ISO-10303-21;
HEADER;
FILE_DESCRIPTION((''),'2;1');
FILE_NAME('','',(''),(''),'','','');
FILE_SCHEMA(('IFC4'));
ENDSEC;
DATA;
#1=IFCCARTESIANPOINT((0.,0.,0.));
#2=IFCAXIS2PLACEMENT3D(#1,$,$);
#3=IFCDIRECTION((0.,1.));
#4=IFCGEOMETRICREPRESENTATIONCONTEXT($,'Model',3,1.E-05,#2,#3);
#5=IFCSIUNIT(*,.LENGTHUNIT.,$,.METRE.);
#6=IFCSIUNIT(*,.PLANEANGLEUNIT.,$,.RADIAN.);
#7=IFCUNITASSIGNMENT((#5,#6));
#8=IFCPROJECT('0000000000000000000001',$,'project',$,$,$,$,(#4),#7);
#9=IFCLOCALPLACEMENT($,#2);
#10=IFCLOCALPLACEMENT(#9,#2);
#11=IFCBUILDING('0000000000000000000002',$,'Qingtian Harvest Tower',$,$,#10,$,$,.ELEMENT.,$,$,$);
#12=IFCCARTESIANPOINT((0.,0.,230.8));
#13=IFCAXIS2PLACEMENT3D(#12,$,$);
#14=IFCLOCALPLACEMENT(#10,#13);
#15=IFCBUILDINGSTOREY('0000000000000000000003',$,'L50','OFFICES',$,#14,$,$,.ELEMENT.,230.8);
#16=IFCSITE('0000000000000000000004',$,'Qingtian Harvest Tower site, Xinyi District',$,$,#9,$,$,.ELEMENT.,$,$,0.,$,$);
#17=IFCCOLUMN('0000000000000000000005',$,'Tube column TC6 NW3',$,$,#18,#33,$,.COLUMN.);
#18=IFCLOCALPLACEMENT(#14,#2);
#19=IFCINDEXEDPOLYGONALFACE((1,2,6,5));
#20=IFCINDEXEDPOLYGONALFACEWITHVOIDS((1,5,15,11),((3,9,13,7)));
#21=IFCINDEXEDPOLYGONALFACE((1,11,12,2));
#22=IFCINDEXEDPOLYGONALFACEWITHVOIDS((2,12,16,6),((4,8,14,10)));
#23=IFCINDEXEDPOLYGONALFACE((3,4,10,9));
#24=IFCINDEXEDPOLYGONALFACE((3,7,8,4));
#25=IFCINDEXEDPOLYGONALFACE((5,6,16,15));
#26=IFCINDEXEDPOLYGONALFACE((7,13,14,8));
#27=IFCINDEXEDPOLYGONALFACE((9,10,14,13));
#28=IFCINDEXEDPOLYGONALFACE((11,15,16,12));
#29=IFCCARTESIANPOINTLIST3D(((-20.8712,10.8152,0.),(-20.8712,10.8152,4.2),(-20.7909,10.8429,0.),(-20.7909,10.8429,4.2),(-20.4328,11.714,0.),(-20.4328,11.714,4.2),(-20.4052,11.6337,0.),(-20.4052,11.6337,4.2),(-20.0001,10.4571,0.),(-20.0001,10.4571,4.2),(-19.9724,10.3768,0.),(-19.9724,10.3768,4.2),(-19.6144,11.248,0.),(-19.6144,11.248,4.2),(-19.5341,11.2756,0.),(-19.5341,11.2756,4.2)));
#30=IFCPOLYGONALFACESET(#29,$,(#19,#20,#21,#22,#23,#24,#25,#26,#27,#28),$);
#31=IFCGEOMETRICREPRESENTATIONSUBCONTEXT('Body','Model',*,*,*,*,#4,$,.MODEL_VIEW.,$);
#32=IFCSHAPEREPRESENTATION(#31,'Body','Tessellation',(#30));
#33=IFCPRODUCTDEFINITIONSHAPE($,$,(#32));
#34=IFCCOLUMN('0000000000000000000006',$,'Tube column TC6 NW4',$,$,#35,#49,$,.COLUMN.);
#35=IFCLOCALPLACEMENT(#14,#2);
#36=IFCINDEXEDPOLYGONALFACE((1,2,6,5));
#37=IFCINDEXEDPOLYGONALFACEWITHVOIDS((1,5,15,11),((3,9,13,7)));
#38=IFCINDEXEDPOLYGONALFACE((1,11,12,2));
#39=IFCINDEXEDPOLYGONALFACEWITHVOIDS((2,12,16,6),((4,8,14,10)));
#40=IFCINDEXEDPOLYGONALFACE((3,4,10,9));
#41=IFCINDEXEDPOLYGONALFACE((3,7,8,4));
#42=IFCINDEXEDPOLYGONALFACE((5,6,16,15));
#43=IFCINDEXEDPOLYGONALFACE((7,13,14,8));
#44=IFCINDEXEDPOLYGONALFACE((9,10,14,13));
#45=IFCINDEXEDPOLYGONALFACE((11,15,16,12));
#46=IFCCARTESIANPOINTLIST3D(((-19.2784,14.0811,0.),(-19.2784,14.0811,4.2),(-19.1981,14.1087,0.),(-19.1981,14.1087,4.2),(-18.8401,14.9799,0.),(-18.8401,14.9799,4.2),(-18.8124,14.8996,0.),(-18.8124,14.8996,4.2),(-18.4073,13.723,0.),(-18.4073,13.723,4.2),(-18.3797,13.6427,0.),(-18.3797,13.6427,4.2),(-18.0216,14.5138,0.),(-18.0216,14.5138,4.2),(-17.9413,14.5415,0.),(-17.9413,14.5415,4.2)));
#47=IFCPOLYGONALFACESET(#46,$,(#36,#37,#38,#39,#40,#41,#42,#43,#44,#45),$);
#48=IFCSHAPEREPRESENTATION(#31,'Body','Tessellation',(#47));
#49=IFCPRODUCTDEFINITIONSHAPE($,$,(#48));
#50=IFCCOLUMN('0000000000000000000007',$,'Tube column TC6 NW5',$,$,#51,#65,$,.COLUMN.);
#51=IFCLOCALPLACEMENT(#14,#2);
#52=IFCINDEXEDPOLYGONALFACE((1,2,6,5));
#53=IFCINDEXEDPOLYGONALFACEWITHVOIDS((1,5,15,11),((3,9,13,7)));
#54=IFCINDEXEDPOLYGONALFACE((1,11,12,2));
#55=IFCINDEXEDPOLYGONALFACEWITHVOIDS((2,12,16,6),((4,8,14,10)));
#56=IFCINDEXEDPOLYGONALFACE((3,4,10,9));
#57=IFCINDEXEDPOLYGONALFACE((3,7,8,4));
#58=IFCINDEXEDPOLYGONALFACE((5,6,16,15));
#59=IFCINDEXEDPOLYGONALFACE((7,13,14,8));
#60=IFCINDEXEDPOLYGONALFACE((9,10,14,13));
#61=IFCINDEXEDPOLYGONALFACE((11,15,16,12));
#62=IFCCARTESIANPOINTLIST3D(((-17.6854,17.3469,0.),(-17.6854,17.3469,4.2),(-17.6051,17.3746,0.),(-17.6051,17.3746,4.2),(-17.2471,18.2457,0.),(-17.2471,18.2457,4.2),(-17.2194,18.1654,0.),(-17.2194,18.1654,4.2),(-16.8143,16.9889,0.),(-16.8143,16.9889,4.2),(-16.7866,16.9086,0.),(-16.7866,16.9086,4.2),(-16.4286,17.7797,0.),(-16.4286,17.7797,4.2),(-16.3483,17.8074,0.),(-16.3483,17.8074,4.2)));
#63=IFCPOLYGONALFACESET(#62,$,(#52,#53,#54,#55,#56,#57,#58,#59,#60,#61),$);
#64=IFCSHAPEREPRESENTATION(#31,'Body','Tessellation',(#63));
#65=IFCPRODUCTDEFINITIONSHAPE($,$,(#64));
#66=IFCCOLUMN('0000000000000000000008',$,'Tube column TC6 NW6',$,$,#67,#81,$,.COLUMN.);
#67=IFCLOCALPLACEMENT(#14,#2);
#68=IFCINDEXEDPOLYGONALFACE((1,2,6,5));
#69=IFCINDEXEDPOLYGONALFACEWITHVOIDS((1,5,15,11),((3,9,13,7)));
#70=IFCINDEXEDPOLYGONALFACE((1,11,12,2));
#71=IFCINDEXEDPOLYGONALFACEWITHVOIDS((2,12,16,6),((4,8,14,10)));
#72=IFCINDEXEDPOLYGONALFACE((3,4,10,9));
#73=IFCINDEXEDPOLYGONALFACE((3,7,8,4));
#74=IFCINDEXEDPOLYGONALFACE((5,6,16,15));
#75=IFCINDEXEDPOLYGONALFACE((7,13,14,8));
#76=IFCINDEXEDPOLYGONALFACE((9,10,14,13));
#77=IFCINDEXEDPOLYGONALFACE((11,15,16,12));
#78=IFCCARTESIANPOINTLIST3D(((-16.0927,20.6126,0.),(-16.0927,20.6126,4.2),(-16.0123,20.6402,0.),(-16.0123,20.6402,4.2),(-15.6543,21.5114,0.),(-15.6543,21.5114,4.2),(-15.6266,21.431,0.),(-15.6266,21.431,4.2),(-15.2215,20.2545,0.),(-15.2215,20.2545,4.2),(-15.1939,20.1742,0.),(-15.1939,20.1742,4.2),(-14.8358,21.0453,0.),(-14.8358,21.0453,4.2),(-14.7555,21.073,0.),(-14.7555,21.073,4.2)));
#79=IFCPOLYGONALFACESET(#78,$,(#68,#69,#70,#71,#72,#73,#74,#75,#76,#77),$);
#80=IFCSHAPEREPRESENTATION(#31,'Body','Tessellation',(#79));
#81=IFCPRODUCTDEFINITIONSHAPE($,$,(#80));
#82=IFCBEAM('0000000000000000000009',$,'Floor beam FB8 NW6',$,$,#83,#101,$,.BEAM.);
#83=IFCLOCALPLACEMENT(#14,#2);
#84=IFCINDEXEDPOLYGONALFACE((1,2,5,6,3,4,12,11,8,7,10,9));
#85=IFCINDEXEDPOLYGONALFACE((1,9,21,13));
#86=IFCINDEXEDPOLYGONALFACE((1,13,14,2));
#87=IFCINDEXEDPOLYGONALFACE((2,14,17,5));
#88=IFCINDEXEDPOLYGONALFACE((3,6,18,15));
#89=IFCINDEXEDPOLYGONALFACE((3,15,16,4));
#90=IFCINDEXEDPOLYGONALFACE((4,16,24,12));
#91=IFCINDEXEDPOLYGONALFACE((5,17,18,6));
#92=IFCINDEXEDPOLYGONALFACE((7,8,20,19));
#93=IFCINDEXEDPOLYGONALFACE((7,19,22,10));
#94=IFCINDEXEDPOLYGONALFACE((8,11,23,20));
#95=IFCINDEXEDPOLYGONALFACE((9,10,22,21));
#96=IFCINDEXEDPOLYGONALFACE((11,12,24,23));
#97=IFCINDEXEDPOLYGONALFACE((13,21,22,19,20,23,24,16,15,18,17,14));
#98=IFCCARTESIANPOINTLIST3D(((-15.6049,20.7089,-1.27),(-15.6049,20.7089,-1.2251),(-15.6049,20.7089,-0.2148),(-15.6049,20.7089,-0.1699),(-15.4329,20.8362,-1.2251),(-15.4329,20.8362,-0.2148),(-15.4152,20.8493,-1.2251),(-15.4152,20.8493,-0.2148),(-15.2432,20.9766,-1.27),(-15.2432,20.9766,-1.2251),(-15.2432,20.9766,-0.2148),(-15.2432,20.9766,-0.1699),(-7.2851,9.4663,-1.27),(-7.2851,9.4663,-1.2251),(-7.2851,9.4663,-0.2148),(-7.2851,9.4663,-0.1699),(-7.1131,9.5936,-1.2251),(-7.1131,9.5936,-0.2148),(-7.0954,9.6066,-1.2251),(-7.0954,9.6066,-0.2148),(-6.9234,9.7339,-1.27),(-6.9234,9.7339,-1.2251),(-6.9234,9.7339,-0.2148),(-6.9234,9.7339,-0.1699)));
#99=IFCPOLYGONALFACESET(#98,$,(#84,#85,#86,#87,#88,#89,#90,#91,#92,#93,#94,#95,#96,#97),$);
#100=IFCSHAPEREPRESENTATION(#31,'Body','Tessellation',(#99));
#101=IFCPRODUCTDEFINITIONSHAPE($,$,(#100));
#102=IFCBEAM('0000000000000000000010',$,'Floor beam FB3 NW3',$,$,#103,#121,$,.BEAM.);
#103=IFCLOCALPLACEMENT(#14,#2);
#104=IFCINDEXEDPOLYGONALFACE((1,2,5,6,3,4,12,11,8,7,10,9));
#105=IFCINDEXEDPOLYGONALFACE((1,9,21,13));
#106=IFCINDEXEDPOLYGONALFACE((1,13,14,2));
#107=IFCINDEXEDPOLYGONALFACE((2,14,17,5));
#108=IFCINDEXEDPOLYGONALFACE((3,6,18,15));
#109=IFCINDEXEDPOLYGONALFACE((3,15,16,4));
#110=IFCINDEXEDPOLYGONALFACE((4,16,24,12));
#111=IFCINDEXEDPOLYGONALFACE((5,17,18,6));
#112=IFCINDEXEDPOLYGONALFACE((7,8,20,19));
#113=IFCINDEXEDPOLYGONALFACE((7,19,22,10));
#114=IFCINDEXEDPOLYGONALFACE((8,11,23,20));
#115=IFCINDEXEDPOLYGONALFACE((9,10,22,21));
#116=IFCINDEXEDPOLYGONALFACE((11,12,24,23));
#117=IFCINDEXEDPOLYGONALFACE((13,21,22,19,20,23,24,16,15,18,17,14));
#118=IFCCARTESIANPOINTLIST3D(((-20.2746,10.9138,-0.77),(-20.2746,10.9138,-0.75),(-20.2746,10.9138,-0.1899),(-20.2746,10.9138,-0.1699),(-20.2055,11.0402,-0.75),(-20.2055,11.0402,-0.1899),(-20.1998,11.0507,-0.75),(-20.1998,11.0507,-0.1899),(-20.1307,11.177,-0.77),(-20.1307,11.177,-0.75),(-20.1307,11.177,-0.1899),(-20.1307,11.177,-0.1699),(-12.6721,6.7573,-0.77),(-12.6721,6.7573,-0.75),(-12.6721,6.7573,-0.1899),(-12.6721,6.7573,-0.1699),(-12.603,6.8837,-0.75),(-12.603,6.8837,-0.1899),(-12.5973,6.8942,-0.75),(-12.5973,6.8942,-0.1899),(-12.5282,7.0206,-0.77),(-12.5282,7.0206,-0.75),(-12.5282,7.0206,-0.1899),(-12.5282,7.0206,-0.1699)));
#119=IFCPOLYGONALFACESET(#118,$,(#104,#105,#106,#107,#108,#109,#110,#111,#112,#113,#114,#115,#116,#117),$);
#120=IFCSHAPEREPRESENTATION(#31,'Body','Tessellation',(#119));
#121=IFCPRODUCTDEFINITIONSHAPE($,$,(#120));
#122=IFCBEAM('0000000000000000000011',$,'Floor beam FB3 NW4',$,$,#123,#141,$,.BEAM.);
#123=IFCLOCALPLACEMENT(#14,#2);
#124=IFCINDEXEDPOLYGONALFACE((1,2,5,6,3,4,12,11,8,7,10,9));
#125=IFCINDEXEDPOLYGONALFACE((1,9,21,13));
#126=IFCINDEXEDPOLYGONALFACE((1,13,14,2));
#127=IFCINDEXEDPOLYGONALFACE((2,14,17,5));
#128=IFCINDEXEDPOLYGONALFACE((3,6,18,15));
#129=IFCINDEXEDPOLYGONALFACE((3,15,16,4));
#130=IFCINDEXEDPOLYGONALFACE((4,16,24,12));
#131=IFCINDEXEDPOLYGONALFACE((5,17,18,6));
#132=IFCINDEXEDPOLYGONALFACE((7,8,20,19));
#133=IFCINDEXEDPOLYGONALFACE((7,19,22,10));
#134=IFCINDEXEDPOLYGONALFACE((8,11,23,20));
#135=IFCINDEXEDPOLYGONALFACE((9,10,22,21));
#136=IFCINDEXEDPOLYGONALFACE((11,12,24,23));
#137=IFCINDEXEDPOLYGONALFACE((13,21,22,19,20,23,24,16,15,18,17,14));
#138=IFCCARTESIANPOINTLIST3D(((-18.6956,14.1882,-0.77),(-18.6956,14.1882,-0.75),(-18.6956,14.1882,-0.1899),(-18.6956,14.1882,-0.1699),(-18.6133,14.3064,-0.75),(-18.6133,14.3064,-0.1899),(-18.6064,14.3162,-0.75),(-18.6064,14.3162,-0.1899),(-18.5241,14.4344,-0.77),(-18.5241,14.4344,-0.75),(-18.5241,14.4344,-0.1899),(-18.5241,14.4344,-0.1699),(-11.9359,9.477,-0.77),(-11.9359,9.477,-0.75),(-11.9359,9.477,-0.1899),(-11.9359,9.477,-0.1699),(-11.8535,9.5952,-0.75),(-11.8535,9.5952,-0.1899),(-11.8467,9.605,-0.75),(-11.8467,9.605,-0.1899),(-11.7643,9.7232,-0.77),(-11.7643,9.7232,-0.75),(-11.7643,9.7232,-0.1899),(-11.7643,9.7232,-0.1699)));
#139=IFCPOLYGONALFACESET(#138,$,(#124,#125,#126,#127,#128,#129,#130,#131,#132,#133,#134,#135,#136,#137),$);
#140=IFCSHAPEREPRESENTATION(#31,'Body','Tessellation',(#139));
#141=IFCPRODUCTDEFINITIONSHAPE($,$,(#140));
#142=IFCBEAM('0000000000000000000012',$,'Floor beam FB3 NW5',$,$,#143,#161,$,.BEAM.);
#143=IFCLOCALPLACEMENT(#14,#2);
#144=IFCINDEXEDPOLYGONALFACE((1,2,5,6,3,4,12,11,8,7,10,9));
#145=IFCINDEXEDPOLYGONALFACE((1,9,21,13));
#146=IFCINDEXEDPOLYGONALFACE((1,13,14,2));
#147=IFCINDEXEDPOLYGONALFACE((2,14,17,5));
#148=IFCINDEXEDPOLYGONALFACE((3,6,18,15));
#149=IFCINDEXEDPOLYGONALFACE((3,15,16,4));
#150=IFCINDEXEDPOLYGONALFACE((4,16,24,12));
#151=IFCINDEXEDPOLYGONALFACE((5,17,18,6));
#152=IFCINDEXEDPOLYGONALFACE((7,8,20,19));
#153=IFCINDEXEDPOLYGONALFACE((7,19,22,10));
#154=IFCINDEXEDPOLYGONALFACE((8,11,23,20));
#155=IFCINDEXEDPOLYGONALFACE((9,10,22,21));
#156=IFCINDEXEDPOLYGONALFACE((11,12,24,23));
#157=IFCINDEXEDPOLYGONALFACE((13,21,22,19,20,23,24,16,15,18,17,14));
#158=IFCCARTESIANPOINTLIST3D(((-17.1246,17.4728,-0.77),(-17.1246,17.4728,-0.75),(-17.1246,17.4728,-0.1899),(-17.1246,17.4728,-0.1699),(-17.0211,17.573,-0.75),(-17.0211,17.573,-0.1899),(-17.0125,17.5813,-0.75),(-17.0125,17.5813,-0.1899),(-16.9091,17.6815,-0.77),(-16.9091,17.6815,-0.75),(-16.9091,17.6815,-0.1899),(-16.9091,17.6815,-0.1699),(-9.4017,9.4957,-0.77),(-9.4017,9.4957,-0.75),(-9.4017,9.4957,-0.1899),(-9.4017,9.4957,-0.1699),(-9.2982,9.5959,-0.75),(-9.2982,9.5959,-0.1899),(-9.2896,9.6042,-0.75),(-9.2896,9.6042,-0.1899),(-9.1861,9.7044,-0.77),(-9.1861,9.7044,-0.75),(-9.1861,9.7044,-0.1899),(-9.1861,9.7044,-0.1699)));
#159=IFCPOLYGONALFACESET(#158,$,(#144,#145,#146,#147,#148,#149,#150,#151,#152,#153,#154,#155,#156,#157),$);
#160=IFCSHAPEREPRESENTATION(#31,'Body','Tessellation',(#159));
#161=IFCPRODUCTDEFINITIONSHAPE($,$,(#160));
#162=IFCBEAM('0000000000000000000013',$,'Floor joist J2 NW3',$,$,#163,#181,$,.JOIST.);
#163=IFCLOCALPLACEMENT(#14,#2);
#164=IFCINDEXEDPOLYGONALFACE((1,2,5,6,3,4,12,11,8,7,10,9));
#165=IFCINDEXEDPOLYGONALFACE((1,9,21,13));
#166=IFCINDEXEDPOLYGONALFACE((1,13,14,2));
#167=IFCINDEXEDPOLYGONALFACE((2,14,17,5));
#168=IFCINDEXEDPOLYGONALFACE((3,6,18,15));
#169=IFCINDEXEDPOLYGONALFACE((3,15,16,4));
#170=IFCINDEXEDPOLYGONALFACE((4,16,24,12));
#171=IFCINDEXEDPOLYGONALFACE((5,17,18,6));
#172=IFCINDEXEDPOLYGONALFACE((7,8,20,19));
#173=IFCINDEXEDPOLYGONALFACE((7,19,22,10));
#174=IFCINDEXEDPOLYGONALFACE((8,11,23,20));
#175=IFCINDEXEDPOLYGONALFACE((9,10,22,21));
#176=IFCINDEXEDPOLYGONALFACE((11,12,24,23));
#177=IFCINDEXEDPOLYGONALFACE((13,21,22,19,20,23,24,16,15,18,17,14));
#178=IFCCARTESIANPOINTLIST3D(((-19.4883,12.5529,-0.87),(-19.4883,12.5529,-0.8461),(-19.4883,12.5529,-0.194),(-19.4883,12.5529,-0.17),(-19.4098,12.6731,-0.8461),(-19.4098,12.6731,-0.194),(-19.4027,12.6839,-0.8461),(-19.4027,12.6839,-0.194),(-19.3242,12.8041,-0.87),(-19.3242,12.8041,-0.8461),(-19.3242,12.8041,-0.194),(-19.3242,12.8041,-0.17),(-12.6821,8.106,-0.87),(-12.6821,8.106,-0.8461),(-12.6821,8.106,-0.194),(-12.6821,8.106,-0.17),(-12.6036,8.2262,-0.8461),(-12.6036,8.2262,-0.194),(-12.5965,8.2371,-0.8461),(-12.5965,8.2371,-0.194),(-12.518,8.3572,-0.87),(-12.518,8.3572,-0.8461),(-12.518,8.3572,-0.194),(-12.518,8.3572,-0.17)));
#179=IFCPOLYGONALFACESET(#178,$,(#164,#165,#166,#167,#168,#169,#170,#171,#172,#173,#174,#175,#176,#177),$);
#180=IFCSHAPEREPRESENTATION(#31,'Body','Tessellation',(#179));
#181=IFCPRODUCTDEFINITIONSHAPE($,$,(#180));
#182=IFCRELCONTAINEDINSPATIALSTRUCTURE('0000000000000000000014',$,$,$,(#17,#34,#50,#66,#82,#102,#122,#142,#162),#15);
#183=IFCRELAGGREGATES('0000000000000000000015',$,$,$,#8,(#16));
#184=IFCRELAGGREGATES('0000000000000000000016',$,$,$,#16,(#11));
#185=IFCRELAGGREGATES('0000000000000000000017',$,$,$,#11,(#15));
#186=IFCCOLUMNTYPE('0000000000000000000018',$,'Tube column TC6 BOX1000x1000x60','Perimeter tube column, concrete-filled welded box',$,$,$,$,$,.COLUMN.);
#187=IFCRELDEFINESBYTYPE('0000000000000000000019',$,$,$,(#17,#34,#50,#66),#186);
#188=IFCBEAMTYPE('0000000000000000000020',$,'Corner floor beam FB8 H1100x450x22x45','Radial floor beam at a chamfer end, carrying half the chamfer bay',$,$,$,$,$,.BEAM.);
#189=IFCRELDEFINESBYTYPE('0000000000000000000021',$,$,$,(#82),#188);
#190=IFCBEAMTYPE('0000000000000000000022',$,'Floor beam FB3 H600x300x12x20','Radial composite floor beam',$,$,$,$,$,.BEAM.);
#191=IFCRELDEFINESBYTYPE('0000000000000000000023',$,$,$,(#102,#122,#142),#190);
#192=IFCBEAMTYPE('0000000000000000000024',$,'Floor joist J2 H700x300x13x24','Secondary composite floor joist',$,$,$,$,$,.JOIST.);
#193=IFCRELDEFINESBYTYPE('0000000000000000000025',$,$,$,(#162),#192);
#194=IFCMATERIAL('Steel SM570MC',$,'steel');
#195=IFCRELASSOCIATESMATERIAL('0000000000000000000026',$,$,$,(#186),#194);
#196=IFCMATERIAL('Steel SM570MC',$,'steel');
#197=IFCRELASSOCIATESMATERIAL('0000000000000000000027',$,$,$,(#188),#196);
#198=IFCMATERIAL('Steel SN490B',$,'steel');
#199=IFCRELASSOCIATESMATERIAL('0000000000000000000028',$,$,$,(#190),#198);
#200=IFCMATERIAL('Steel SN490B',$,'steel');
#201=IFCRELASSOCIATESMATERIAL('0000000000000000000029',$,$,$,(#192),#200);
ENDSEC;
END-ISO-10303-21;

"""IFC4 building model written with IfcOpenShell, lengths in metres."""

from ifc_helpers import new_model, si_unit, direction, frame, origin, origin_2d, place, context, subcontext, project, spatial, hollow_rectangle, i_section, extrude, material, material_profile, profile_set, type_object, element, save


model = new_model("IFC4")

# Units and contexts
model_context = context("Model", 3, precision=1e-05, world=origin(), true_north=direction((0.0, 1.0)))
body_context = subcontext(model_context, "Body", "Model", "MODEL_VIEW")
ifc_project = project(units=[si_unit("LENGTHUNIT", "METRE"), si_unit("PLANEANGLEUNIT", "RADIAN")], contexts=[model_context])

# Site, building, storey
site_placement = place(None, origin())
site = spatial("IfcSite", under=ifc_project, at=site_placement, Name="Qingtian Harvest Tower site, Xinyi District", CompositionType="ELEMENT", RefElevation=0.0)
building_placement = place(site_placement, origin())
building = spatial("IfcBuilding", under=site, at=building_placement, Name="Qingtian Harvest Tower", CompositionType="ELEMENT")
storey_placement = place(building_placement, frame((0.0, 0.0, 230.8)))
storey = spatial("IfcBuildingStorey", under=building, at=storey_placement, Name="L50", Description="OFFICES", CompositionType="ELEMENT", Elevation=230.8)

# Columns
ifc_material_1 = material(Name="Steel SM570MC", Category="steel")
ifc_material_profile_1 = material_profile(ifc_material_1, hollow_rectangle(XDim=1.0, YDim=1.0, WallThickness=0.0601, at=origin_2d()), Name="BOX1000x1000x60")
ifc_profile_set_1 = profile_set([ifc_material_profile_1], Name="Steel SM570MC")
column_type = type_object("IfcColumnType", Name="Tube column TC6 BOX1000x1000x60", Description="Perimeter tube column, concrete-filled welded box", PredefinedType="COLUMN", material=ifc_profile_set_1)
for number, where, z_axis, x_axis, name in (
    (1, (-20.2026, 11.0454, 0.0), (0.0, 0.0, 1.0), (-0.438371, -0.898794, 0.0), "Tube column TC6 NW3"),
    (2, (-18.6099, 14.3113, 0.0), (0.0, 0.0, 1.0), (-0.438371, -0.898794, 0.0), "Tube column TC6 NW4"),
    (3, (-17.0168, 17.5771, 0.0), (0.0, 0.0, 1.0), (-0.438371, -0.898794, 0.0), "Tube column TC6 NW5"),
    (4, (-15.4241, 20.8428, 0.0), (0.0, 0.0, 1.0), (-0.438371, -0.898794, 0.0), "Tube column TC6 NW6"),
):
    element("IfcColumn", number, at=place(storey_placement, frame(where, z_axis=z_axis, x_axis=x_axis)), inside=storey, type_object=column_type, Name=name, PredefinedType="COLUMN", context=body_context, shape_type="SweptSolid", body=[
        extrude(hollow_rectangle(XDim=1.0, YDim=1.0, WallThickness=0.0601, at=origin_2d()), origin(), (0.0, 0.0, 1.0), 4.2),
    ])

# Beams
ifc_material_2 = material(Name="Steel SM570MC", Category="steel")
ifc_material_profile_2 = material_profile(ifc_material_2, i_section(OverallWidth=0.45, OverallDepth=1.1001, WebThickness=0.022, FlangeThickness=0.0449, at=origin_2d()), Name="H1100x450x22x45")
ifc_profile_set_2 = profile_set([ifc_material_profile_2], Name="Steel SM570MC")
beam_type_1 = type_object("IfcBeamType", Name="Corner floor beam FB8 H1100x450x22x45", Description="Radial floor beam at a chamfer end, carrying half the chamfer bay", PredefinedType="BEAM", material=ifc_profile_set_2)
beam_1_placement = place(storey_placement, frame((-15.4241, 20.8428, -0.72), z_axis=(0.594854, -0.803834, 0.0), x_axis=(0.803834, 0.594854, 0.0)))
element("IfcBeam", 5, at=beam_1_placement, inside=storey, type_object=beam_type_1, Name="Floor beam FB8 NW6", PredefinedType="BEAM", context=body_context, shape_type="SweptSolid", body=[
    extrude(i_section(OverallWidth=0.45, OverallDepth=1.1001, WebThickness=0.022, FlangeThickness=0.0449, at=origin_2d()), origin(), (0.0, 0.0, 1.0), 13.9863),
])
ifc_material_3 = material(Name="Steel SN490B", Category="steel")
ifc_material_profile_3 = material_profile(ifc_material_3, i_section(OverallWidth=0.3, OverallDepth=0.6001, WebThickness=0.012, FlangeThickness=0.02, at=origin_2d()), Name="H600x300x12x20")
ifc_profile_set_3 = profile_set([ifc_material_profile_3], Name="Steel SN490B")
beam_type_2 = type_object("IfcBeamType", Name="Floor beam FB3 H600x300x12x20", Description="Radial composite floor beam", PredefinedType="BEAM", material=ifc_profile_set_3)
beam_2_placement = place(storey_placement, frame((-20.2026, 11.0454, -0.47), z_axis=(0.877427, -0.479711, 0.0), x_axis=(0.479711, 0.877427, 0.0)))
element("IfcBeam", 6, at=beam_2_placement, inside=storey, type_object=beam_type_2, Name="Floor beam FB3 NW3", PredefinedType="BEAM", context=body_context, shape_type="SweptSolid", body=[
    extrude(i_section(OverallWidth=0.3, OverallDepth=0.6001, WebThickness=0.012, FlangeThickness=0.02, at=origin_2d()), origin(), (0.0, 0.0, 1.0), 8.6646),
])
beam_3_placement = place(storey_placement, frame((-18.6099, 14.3113, -0.47), z_axis=(0.820408, -0.571779, 0.0), x_axis=(0.571779, 0.820408, 0.0)))
element("IfcBeam", 7, at=beam_3_placement, inside=storey, type_object=beam_type_2, Name="Floor beam FB3 NW4", PredefinedType="BEAM", context=body_context, shape_type="SweptSolid", body=[
    extrude(i_section(OverallWidth=0.3, OverallDepth=0.6001, WebThickness=0.012, FlangeThickness=0.02, at=origin_2d()), origin(), (0.0, 0.0, 1.0), 8.2395),
])
beam_4_placement = place(storey_placement, frame((-17.0168, 17.5771, -0.47), z_axis=(0.695569, -0.718459, 0.0), x_axis=(0.718459, 0.695569, 0.0)))
element("IfcBeam", 8, at=beam_4_placement, inside=storey, type_object=beam_type_2, Name="Floor beam FB3 NW5", PredefinedType="BEAM", context=body_context, shape_type="SweptSolid", body=[
    extrude(i_section(OverallWidth=0.3, OverallDepth=0.6001, WebThickness=0.012, FlangeThickness=0.02, at=origin_2d()), origin(), (0.0, 0.0, 1.0), 11.103),
])
ifc_material_4 = material(Name="Steel SN490B", Category="steel")
ifc_material_profile_4 = material_profile(ifc_material_4, i_section(OverallWidth=0.3, OverallDepth=0.7, WebThickness=0.0129, FlangeThickness=0.0239, at=origin_2d()), Name="H700x300x13x24")
ifc_profile_set_4 = profile_set([ifc_material_profile_4], Name="Steel SN490B")
beam_type_3 = type_object("IfcBeamType", Name="Floor joist J2 H700x300x13x24", Description="Secondary composite floor joist", PredefinedType="JOIST", material=ifc_profile_set_4)
beam_5_placement = place(storey_placement, frame((-19.4062, 12.6785, -0.52), z_axis=(0.837161, -0.546956, 0.0), x_axis=(0.546956, 0.837161, 0.0)))
element("IfcBeam", 9, at=beam_5_placement, inside=storey, type_object=beam_type_3, Name="Floor joist J2 NW3", PredefinedType="JOIST", context=body_context, shape_type="SweptSolid", body=[
    extrude(i_section(OverallWidth=0.3, OverallDepth=0.7, WebThickness=0.0129, FlangeThickness=0.0239, at=origin_2d()), origin(), (0.0, 0.0, 1.0), 8.1301),
])

save(model, "model.ifc")
